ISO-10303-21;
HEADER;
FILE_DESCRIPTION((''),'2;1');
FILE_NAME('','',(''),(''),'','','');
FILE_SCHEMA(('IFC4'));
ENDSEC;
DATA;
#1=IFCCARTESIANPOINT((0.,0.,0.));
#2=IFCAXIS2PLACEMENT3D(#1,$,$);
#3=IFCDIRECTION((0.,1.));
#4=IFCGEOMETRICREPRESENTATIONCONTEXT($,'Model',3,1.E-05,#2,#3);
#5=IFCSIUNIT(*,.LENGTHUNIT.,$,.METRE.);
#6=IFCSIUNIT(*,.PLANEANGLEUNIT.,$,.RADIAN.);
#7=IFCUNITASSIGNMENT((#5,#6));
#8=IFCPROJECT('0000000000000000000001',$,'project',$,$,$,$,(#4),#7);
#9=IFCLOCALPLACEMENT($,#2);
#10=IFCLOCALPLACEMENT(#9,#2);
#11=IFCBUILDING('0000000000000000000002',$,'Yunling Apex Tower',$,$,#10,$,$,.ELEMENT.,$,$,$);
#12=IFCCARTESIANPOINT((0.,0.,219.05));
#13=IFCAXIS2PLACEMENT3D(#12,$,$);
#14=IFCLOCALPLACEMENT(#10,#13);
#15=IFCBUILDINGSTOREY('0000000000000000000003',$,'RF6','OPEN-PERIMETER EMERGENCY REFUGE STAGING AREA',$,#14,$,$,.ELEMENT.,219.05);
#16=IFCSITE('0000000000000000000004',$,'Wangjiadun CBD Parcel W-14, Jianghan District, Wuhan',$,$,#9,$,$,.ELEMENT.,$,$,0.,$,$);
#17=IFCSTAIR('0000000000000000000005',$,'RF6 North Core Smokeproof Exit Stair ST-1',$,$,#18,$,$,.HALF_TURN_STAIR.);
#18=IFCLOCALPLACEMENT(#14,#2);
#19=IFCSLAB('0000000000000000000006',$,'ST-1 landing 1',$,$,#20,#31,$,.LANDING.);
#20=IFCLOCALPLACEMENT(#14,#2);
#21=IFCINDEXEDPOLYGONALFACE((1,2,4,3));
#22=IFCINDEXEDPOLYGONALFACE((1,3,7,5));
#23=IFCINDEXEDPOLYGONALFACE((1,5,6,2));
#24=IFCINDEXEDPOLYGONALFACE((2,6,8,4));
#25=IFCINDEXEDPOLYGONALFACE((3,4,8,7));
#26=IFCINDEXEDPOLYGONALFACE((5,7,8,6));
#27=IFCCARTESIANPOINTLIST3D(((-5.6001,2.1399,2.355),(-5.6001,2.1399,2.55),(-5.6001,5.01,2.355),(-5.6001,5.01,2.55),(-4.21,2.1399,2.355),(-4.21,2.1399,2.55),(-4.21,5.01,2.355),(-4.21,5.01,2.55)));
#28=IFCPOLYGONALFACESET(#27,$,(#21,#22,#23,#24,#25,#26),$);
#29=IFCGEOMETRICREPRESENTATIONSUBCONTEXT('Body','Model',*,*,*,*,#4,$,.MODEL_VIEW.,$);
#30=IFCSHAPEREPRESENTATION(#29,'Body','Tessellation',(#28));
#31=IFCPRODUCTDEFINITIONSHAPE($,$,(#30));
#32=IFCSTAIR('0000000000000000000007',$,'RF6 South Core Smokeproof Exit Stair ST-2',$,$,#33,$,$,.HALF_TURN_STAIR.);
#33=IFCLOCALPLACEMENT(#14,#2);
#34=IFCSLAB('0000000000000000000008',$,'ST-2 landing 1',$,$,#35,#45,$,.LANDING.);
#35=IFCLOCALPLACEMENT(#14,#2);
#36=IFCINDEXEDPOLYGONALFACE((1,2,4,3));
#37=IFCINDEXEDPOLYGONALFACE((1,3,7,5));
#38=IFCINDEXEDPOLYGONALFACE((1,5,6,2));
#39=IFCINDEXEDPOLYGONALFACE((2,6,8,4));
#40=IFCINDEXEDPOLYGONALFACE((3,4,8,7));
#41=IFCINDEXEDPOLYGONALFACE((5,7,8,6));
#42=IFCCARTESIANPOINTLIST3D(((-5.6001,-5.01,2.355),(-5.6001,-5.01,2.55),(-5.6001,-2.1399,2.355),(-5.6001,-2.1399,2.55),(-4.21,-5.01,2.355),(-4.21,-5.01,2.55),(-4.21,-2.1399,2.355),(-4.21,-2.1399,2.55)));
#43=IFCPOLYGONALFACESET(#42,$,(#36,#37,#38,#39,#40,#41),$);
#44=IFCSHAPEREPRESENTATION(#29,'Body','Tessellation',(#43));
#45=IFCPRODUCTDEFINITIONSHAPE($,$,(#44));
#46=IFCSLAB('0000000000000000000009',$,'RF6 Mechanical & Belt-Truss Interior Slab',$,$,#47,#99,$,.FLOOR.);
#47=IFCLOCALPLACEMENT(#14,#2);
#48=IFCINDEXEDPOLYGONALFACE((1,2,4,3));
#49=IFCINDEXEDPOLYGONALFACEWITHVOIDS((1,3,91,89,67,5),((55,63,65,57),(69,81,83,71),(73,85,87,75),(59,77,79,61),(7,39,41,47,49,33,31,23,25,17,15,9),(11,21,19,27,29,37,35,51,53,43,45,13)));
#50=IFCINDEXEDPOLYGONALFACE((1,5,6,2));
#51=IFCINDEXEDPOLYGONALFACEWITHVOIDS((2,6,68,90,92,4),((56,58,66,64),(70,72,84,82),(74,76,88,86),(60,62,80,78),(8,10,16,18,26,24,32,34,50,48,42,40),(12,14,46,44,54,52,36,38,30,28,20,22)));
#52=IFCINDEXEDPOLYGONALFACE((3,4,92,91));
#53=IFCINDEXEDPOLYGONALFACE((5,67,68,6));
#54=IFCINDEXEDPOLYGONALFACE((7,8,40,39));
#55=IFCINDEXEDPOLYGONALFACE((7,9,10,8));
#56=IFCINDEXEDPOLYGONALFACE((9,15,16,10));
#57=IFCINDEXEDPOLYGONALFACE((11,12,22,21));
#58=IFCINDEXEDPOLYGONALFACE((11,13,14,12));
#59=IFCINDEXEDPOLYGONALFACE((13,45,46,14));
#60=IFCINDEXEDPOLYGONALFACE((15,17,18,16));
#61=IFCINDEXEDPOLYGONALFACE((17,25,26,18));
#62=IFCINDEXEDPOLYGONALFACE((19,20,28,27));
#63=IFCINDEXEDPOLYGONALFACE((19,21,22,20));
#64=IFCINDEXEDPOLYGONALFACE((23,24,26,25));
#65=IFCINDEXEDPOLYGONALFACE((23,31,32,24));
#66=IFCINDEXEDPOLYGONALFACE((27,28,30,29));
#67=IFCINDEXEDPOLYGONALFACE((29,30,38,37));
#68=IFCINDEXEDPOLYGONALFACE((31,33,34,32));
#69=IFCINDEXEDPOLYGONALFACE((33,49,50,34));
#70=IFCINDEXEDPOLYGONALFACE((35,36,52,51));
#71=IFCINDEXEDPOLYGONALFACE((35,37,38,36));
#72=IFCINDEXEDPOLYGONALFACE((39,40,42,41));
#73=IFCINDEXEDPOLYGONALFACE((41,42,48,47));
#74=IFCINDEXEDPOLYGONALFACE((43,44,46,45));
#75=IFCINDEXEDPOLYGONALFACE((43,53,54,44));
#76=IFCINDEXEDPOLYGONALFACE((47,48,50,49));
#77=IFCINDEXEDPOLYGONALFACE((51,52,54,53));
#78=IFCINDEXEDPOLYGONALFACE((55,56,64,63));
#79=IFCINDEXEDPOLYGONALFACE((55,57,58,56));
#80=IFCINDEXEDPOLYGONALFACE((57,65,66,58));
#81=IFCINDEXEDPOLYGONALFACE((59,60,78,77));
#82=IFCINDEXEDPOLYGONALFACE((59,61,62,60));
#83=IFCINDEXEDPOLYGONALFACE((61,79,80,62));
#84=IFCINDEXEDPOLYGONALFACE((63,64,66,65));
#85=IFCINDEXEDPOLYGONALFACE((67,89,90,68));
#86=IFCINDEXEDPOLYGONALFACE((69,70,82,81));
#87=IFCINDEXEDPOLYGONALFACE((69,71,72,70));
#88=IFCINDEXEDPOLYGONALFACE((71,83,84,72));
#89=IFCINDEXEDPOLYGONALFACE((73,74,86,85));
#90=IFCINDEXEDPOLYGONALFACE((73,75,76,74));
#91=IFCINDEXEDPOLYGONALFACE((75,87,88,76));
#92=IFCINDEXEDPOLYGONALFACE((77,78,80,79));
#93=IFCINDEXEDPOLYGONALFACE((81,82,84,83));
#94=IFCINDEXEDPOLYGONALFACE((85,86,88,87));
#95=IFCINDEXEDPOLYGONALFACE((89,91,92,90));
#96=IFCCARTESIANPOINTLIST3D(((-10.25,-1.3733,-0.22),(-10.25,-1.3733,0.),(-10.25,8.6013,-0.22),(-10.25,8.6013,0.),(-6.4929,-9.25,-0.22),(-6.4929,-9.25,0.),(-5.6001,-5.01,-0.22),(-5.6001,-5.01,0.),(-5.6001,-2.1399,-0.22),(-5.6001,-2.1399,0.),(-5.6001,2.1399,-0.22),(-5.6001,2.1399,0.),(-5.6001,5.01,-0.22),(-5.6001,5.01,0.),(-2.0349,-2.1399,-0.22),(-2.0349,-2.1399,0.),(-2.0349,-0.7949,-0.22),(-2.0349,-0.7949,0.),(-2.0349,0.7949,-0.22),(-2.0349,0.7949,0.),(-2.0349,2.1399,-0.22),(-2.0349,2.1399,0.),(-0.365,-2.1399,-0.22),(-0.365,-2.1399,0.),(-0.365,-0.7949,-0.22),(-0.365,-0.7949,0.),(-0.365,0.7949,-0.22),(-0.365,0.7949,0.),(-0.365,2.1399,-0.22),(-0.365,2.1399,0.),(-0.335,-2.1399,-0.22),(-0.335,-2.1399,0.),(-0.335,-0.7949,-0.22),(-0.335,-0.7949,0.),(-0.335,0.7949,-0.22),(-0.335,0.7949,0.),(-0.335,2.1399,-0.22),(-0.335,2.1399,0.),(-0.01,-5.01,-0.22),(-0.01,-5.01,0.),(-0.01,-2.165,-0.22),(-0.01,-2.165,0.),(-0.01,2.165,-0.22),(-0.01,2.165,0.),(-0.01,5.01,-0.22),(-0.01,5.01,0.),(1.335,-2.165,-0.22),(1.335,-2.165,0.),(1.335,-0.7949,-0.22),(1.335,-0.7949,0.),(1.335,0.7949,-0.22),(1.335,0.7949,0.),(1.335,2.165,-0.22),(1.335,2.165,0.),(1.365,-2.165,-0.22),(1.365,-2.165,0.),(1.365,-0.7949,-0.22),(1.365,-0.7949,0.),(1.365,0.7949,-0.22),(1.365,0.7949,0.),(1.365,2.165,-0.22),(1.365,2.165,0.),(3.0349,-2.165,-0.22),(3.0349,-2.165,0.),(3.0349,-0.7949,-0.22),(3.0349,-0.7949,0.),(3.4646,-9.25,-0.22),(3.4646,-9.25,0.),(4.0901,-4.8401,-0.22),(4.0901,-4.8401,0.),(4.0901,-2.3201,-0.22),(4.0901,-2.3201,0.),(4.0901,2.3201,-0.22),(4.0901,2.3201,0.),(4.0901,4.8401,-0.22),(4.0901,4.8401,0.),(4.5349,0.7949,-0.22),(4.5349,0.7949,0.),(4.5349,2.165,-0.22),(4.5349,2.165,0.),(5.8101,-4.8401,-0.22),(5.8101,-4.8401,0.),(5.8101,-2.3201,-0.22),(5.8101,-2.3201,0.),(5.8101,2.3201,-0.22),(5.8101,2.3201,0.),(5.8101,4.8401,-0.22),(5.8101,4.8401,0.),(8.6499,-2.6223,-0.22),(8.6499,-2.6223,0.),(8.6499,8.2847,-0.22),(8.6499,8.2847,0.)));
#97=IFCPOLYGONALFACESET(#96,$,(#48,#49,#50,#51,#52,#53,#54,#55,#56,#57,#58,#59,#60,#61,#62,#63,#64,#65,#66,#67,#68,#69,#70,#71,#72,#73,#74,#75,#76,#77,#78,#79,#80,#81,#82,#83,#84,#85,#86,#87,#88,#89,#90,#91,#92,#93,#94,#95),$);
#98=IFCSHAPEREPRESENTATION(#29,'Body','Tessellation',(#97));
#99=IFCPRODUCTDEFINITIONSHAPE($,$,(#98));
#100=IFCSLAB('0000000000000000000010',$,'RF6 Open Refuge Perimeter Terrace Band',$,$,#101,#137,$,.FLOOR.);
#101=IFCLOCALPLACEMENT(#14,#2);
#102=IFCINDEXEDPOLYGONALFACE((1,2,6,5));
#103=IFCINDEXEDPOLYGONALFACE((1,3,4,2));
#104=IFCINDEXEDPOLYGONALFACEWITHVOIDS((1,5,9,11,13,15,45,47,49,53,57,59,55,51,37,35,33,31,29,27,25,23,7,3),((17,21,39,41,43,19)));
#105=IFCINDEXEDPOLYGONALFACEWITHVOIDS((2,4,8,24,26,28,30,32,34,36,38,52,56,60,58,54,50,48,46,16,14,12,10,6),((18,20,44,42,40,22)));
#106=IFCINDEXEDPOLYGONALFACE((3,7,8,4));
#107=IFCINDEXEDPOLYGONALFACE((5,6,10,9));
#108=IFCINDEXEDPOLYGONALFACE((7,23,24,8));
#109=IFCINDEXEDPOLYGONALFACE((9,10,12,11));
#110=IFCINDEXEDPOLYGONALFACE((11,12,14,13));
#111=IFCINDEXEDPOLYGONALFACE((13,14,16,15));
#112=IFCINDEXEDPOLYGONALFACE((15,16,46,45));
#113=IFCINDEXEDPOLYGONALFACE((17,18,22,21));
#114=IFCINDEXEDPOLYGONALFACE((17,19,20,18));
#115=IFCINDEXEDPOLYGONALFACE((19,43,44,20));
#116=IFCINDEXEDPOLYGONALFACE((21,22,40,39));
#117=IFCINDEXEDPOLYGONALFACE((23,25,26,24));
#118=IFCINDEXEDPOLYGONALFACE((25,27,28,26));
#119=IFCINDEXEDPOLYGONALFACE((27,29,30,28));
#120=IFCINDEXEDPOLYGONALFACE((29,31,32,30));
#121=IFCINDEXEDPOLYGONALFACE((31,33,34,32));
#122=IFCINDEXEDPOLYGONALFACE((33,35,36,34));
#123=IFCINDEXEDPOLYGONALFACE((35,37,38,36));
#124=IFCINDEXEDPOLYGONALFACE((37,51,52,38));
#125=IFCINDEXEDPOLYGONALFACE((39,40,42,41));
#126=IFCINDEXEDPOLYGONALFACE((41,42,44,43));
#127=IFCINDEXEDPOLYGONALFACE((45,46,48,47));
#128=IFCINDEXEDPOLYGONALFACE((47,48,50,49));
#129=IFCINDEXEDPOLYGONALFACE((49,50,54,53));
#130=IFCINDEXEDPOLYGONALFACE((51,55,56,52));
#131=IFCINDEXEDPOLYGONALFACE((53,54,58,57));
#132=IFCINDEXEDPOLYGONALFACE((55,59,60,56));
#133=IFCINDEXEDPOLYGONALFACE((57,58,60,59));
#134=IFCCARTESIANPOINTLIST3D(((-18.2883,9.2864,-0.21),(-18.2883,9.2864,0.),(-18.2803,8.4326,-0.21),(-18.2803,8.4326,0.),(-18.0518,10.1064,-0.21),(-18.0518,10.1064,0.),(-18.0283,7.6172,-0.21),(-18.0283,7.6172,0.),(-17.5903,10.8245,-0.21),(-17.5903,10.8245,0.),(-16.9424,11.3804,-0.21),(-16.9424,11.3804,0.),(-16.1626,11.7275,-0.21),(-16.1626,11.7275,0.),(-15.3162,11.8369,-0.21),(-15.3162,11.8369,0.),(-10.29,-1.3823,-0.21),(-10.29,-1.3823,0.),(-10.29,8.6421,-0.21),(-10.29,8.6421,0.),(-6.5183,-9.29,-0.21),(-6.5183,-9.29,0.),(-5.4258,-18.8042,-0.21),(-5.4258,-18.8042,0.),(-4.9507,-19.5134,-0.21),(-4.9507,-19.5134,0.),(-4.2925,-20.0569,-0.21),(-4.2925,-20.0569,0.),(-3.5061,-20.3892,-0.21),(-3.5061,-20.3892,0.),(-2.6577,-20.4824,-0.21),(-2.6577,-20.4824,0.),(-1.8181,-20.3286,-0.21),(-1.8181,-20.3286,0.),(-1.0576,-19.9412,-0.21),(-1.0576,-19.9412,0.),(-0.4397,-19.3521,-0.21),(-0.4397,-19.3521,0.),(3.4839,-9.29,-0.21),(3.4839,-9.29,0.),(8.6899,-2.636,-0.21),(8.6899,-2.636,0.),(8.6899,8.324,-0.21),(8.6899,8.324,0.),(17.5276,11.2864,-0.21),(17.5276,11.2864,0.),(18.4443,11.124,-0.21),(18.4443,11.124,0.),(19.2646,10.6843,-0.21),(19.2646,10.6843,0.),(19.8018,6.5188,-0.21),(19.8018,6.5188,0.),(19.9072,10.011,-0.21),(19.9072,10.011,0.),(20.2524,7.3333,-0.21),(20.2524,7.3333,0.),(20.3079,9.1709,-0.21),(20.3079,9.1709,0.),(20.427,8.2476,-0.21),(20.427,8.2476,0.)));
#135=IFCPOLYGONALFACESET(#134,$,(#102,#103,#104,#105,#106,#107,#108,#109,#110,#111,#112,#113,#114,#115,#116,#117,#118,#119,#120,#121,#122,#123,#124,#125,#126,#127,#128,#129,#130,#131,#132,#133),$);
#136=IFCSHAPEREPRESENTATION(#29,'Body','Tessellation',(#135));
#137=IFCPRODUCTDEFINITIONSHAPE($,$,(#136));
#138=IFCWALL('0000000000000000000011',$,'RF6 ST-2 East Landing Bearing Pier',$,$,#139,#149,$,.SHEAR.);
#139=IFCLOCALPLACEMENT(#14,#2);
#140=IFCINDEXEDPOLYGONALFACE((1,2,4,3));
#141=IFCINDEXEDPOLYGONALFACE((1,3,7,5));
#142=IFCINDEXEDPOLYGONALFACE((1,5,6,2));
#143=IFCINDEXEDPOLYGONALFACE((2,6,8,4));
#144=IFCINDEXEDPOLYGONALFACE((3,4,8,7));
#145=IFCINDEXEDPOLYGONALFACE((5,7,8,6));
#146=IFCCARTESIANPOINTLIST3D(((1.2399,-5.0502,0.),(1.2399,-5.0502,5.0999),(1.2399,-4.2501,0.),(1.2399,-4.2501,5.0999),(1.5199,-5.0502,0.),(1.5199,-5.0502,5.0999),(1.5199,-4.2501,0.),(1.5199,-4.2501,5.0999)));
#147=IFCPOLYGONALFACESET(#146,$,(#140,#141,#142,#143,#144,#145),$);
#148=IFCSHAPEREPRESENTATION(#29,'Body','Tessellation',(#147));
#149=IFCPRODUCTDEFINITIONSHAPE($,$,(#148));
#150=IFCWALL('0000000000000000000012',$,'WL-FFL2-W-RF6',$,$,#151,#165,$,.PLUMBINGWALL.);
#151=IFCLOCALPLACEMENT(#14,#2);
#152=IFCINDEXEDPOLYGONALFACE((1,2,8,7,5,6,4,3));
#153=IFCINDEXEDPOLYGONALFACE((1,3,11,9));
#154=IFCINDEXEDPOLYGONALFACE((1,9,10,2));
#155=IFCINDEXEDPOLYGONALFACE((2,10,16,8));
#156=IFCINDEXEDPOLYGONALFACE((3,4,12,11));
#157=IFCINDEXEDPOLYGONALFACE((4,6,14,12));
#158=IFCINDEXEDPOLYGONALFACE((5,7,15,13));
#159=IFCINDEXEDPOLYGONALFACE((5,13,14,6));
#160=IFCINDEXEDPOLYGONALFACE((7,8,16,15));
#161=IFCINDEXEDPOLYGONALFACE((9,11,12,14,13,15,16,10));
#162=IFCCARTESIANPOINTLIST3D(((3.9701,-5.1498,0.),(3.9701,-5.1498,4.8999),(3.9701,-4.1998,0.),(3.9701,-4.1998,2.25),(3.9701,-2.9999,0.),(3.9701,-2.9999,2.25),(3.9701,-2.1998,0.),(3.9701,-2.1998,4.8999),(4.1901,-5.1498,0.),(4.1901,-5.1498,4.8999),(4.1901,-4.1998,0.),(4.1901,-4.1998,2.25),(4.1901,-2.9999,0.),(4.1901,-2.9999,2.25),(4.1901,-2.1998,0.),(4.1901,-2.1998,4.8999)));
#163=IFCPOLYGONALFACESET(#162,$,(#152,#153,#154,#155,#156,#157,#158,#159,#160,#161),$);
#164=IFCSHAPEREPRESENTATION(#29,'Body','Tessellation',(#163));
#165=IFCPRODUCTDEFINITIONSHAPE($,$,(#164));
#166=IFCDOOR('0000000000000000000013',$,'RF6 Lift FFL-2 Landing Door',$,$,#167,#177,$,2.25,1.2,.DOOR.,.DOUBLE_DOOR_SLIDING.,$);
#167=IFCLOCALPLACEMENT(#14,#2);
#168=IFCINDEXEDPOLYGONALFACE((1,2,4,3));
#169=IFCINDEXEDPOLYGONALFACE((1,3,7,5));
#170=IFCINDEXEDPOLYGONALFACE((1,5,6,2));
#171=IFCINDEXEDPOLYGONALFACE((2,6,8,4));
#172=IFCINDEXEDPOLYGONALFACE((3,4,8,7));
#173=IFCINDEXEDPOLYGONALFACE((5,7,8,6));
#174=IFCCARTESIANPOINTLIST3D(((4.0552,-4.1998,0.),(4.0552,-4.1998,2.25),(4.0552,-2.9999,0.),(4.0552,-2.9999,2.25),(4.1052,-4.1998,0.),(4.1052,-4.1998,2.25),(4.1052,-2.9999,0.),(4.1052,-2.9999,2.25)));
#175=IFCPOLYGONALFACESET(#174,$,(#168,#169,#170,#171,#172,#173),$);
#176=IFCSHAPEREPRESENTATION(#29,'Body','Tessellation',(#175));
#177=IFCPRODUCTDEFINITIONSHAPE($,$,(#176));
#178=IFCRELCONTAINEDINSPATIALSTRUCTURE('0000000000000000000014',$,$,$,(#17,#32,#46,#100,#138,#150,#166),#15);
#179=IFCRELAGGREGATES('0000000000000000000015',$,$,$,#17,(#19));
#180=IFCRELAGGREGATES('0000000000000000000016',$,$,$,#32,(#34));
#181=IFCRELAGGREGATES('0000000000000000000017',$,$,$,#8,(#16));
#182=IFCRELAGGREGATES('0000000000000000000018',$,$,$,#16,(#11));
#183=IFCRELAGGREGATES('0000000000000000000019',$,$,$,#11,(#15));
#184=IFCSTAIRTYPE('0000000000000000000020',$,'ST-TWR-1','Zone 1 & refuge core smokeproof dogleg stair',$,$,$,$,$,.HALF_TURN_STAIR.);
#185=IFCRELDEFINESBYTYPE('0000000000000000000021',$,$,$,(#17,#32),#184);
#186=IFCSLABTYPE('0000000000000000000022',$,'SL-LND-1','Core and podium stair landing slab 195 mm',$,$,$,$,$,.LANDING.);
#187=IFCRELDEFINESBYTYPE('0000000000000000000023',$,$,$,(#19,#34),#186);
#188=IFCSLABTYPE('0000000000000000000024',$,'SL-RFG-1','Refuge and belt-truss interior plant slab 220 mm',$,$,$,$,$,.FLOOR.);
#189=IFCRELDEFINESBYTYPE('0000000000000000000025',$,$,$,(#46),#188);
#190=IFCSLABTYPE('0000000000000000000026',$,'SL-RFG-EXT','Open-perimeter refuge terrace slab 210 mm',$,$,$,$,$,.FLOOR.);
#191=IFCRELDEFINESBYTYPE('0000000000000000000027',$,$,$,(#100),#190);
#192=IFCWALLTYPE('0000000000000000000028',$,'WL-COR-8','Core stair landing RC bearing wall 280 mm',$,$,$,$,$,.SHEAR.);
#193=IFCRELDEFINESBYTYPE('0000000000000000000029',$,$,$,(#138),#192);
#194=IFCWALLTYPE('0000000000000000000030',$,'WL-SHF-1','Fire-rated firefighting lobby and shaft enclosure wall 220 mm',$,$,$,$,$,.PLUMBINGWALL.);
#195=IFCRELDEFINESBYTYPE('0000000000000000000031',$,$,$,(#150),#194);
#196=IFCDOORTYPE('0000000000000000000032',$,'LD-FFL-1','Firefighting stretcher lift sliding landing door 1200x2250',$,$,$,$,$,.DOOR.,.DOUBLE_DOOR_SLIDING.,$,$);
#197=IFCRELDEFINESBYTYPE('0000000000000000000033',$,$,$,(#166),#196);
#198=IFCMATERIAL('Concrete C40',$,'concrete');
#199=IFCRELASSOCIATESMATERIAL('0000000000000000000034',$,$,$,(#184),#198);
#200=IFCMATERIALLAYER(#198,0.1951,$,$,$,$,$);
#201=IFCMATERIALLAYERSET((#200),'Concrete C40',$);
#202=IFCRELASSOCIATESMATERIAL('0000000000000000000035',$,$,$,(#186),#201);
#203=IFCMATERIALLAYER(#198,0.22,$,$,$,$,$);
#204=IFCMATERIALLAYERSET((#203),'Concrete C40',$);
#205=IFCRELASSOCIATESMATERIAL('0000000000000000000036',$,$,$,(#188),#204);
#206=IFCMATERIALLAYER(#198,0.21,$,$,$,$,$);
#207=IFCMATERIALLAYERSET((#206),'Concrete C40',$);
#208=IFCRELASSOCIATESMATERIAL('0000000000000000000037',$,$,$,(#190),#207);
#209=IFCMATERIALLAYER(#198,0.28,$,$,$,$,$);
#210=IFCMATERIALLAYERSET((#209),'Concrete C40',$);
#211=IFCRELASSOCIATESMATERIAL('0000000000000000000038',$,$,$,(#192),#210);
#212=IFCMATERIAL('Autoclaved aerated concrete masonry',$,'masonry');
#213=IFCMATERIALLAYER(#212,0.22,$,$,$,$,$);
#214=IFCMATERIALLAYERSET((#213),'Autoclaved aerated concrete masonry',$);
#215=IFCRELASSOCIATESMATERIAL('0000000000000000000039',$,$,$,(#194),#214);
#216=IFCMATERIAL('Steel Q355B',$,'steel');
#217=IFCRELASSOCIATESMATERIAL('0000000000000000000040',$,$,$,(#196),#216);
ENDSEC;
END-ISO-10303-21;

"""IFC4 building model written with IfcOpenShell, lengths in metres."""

from ifc_helpers import new_model, si_unit, direction, frame, frame_2d, origin, place, context, subcontext, project, spatial, polyline, rectangle, outline, extrude, material, layer, layer_set, type_object, element, fill, aggregate, save


model = new_model("IFC4")

# Units and contexts
model_context = context("Model", 3, precision=1e-05, world=origin(), true_north=direction((0.0, 1.0)))
body_context = subcontext(model_context, "Body", "Model", "MODEL_VIEW")
ifc_project = project(units=[si_unit("LENGTHUNIT", "METRE"), si_unit("PLANEANGLEUNIT", "RADIAN")], contexts=[model_context])

# Site, building, storey
site_placement = place(None, origin())
site = spatial("IfcSite", under=ifc_project, at=site_placement, Name="Wangjiadun CBD Parcel W-14, Jianghan District, Wuhan", CompositionType="ELEMENT", RefElevation=0.0)
building_placement = place(site_placement, origin())
building = spatial("IfcBuilding", under=site, at=building_placement, Name="Yunling Apex Tower", CompositionType="ELEMENT")
storey_placement = place(building_placement, frame((0.0, 0.0, 219.05)))
storey = spatial("IfcBuildingStorey", under=building, at=storey_placement, Name="RF6", Description="OPEN-PERIMETER EMERGENCY REFUGE STAGING AREA", CompositionType="ELEMENT", Elevation=219.05)

# Stairs, slabs
ifc_material_1 = material(Name="Concrete C40", Category="concrete")
stair_type = type_object("IfcStairType", Name="ST-TWR-1", Description="Zone 1 & refuge core smokeproof dogleg stair", PredefinedType="HALF_TURN_STAIR", material=ifc_material_1)
stair_1_placement = place(storey_placement, origin())
stair_1 = element("IfcStair", 1, at=stair_1_placement, inside=storey, type_object=stair_type, Name="RF6 North Core Smokeproof Exit Stair ST-1", PredefinedType="HALF_TURN_STAIR")
ifc_layer_1 = layer(ifc_material_1, 0.1951)
ifc_layer_set_1 = layer_set([ifc_layer_1], Name="Concrete C40")
slab_type_1 = type_object("IfcSlabType", Name="SL-LND-1", Description="Core and podium stair landing slab 195 mm", PredefinedType="LANDING", material=ifc_layer_set_1)
slab_1_placement = place(storey_placement, frame((0.0, 0.0, 2.355)))
slab_1 = element("IfcSlab", 2, at=slab_1_placement, type_object=slab_type_1, Name="ST-1 landing 1", PredefinedType="LANDING", context=body_context, shape_type="SweptSolid", body=[
    extrude(outline(polyline([(-4.21, 5.01), (-5.6001, 5.01), (-5.6001, 2.1399), (-4.21, 2.1399), (-4.21, 5.01)])), origin(), (0.0, 0.0, 1.0), 0.1951),
])
aggregate(stair_1, [slab_1])
stair_2_placement = place(storey_placement, origin())
stair_2 = element("IfcStair", 3, at=stair_2_placement, inside=storey, type_object=stair_type, Name="RF6 South Core Smokeproof Exit Stair ST-2", PredefinedType="HALF_TURN_STAIR")
slab_2_placement = place(storey_placement, frame((0.0, 0.0, 2.355)))
slab_2 = element("IfcSlab", 4, at=slab_2_placement, type_object=slab_type_1, Name="ST-2 landing 1", PredefinedType="LANDING", context=body_context, shape_type="SweptSolid", body=[
    extrude(outline(polyline([(-4.21, -2.1399), (-5.6001, -2.1399), (-5.6001, -5.01), (-4.21, -5.01), (-4.21, -2.1399)])), origin(), (0.0, 0.0, 1.0), 0.1951),
])

# Slabs
ifc_layer_2 = layer(ifc_material_1, 0.22)
ifc_layer_set_2 = layer_set([ifc_layer_2], Name="Concrete C40")
slab_type_2 = type_object("IfcSlabType", Name="SL-RFG-1", Description="Refuge and belt-truss interior plant slab 220 mm", PredefinedType="FLOOR", material=ifc_layer_set_2)
slab_3_placement = place(storey_placement, frame((0.0, 0.0, -0.22)))
element("IfcSlab", 5, at=slab_3_placement, inside=storey, type_object=slab_type_2, Name="RF6 Mechanical & Belt-Truss Interior Slab", PredefinedType="FLOOR", context=body_context, shape_type="SweptSolid", body=[
    extrude(outline(polyline([(8.6499, 8.2847), (-10.25, 8.6013), (-10.25, -1.3733), (-6.4929, -9.25), (3.4646, -9.25), (8.6499, -2.6223), (8.6499, 8.2847)]), holes=[polyline([(5.8101, -2.3201), (5.8101, -4.8401), (4.0901, -4.8401), (4.0901, -2.3201), (5.8101, -2.3201)]), polyline([(5.8101, 4.8401), (5.8101, 2.3201), (4.0901, 2.3201), (4.0901, 4.8401), (5.8101, 4.8401)]), polyline([(4.5349, 0.7949), (1.365, 0.7949), (1.365, 2.165), (4.5349, 2.165), (4.5349, 0.7949)]), polyline([(3.0349, -0.7949), (3.0349, -2.165), (1.365, -2.165), (1.365, -0.7949), (3.0349, -0.7949)]), polyline([(-2.0349, -0.7949), (-0.365, -0.7949), (-0.365, -2.1399), (-0.335, -2.1399), (-0.335, -0.7949), (1.335, -0.7949), (1.335, -2.165), (-0.01, -2.165), (-0.01, -5.01), (-5.6001, -5.01), (-5.6001, -2.1399), (-2.0349, -2.1399), (-2.0349, -0.7949)]), polyline([(-5.6001, 2.1399), (-5.6001, 5.01), (-0.01, 5.01), (-0.01, 2.165), (1.335, 2.165), (1.335, 0.7949), (-0.335, 0.7949), (-0.335, 2.1399), (-0.365, 2.1399), (-0.365, 0.7949), (-2.0349, 0.7949), (-2.0349, 2.1399), (-5.6001, 2.1399)])]), origin(), (0.0, 0.0, 1.0), 0.22),
])
ifc_layer_3 = layer(ifc_material_1, 0.21)
ifc_layer_set_3 = layer_set([ifc_layer_3], Name="Concrete C40")
slab_type_3 = type_object("IfcSlabType", Name="SL-RFG-EXT", Description="Open-perimeter refuge terrace slab 210 mm", PredefinedType="FLOOR", material=ifc_layer_set_3)
slab_4_placement = place(storey_placement, frame((0.0, 0.0, -0.21)))
element("IfcSlab", 6, at=slab_4_placement, inside=storey, type_object=slab_type_3, Name="RF6 Open Refuge Perimeter Terrace Band", PredefinedType="FLOOR", context=body_context, shape_type="SweptSolid", body=[
    extrude(outline(polyline([(-5.4258, -18.8042), (-4.9507, -19.5134), (-4.2925, -20.0569), (-3.5061, -20.3892), (-2.6577, -20.4824), (-1.8181, -20.3286), (-1.0576, -19.9412), (-0.4397, -19.3521), (19.8018, 6.5188), (20.2524, 7.3333), (20.427, 8.2476), (20.3079, 9.1709), (19.9072, 10.011), (19.2646, 10.6843), (18.4443, 11.124), (17.5276, 11.2864), (-15.3162, 11.8369), (-16.1626, 11.7275), (-16.9424, 11.3804), (-17.5903, 10.8245), (-18.0518, 10.1064), (-18.2883, 9.2864), (-18.2803, 8.4326), (-18.0283, 7.6172), (-5.4258, -18.8042)]), holes=[polyline([(3.4839, -9.29), (-6.5183, -9.29), (-10.29, -1.3823), (-10.29, 8.6421), (8.6899, 8.324), (8.6899, -2.636), (3.4839, -9.29)])]), origin(), (0.0, 0.0, 1.0), 0.21),
])

# Wall
ifc_layer_4 = layer(ifc_material_1, 0.28)
ifc_layer_set_4 = layer_set([ifc_layer_4], Name="Concrete C40")
wall_type_1 = type_object("IfcWallType", Name="WL-COR-8", Description="Core stair landing RC bearing wall 280 mm", PredefinedType="SHEAR", material=ifc_layer_set_4)
wall_1_placement = place(storey_placement, frame((1.3799, -5.05, 0.0), z_axis=(0.0, 0.0, 1.0), x_axis=(0.0, 1.0, 0.0)))
element("IfcWall", 7, at=wall_1_placement, inside=storey, type_object=wall_type_1, Name="RF6 ST-2 East Landing Bearing Pier", PredefinedType="SHEAR", context=body_context, shape_type="SweptSolid", body=[
    extrude(rectangle(XDim=0.8, YDim=0.28, at=frame_2d((0.3999, 0.0))), origin(), (0.0, 0.0, 1.0), 5.0999),
])

# Wall, opening, door
ifc_material_2 = material(Name="Autoclaved aerated concrete masonry", Category="masonry")
ifc_layer_5 = layer(ifc_material_2, 0.22)
ifc_layer_set_5 = layer_set([ifc_layer_5], Name="Autoclaved aerated concrete masonry")
wall_type_2 = type_object("IfcWallType", Name="WL-SHF-1", Description="Fire-rated firefighting lobby and shaft enclosure wall 220 mm", PredefinedType="PLUMBINGWALL", material=ifc_layer_set_5)
ifc_material_3 = material(Name="Steel Q355B", Category="steel")
wall_2_placement = place(storey_placement, frame((4.0801, -5.1499, 0.0), z_axis=(0.0, 0.0, 1.0), x_axis=(0.0, 1.0, 0.0)))
wall_2 = element("IfcWall", 8, at=wall_2_placement, inside=storey, type_object=wall_type_2, Name="WL-FFL2-W-RF6", PredefinedType="PLUMBINGWALL", context=body_context, shape_type="SweptSolid", body=[
    extrude(rectangle(XDim=2.95, YDim=0.22, at=frame_2d((1.4751, 0.0))), origin(), (0.0, 0.0, 1.0), 4.8999),
])
opening_1_placement = place(wall_2_placement, frame((0.95, 0.0, 0.0)))
opening_1 = element("IfcOpeningElement", 9, at=opening_1_placement, cuts=wall_2, PredefinedType="OPENING", context=body_context, shape_type="SweptSolid", body=[
    extrude(rectangle(XDim=1.2, YDim=2.25, at=frame_2d((0.6001, 1.125))), frame((0.0, 0.1201, 0.0), z_axis=(0.0, -1.0, 0.0), x_axis=(1.0, 0.0, 0.0)), (0.0, 0.0, 1.0), 0.24),
])
door_type_1 = type_object("IfcDoorType", Name="LD-FFL-1", Description="Firefighting stretcher lift sliding landing door 1200x2250", OperationType="DOUBLE_DOOR_SLIDING", PredefinedType="DOOR", material=ifc_material_3)
door_1_placement = place(opening_1_placement, origin())
door_1 = element("IfcDoor", 10, at=door_1_placement, inside=storey, type_object=door_type_1, Name="RF6 Lift FFL-2 Landing Door", OperationType="DOUBLE_DOOR_SLIDING", OverallHeight=2.25, OverallWidth=1.2, PredefinedType="DOOR", context=body_context, shape_type="SweptSolid", body=[
    extrude(rectangle(XDim=1.2, YDim=2.25, at=frame_2d((0.6001, 1.125))), frame((0.0, 0.0249, 0.0), z_axis=(0.0, -1.0, 0.0), x_axis=(1.0, 0.0, 0.0)), (0.0, 0.0, 1.0), 0.05),
])
fill(opening_1, door_1)

aggregate(stair_2, [slab_2])

save(model, "model.ifc")
